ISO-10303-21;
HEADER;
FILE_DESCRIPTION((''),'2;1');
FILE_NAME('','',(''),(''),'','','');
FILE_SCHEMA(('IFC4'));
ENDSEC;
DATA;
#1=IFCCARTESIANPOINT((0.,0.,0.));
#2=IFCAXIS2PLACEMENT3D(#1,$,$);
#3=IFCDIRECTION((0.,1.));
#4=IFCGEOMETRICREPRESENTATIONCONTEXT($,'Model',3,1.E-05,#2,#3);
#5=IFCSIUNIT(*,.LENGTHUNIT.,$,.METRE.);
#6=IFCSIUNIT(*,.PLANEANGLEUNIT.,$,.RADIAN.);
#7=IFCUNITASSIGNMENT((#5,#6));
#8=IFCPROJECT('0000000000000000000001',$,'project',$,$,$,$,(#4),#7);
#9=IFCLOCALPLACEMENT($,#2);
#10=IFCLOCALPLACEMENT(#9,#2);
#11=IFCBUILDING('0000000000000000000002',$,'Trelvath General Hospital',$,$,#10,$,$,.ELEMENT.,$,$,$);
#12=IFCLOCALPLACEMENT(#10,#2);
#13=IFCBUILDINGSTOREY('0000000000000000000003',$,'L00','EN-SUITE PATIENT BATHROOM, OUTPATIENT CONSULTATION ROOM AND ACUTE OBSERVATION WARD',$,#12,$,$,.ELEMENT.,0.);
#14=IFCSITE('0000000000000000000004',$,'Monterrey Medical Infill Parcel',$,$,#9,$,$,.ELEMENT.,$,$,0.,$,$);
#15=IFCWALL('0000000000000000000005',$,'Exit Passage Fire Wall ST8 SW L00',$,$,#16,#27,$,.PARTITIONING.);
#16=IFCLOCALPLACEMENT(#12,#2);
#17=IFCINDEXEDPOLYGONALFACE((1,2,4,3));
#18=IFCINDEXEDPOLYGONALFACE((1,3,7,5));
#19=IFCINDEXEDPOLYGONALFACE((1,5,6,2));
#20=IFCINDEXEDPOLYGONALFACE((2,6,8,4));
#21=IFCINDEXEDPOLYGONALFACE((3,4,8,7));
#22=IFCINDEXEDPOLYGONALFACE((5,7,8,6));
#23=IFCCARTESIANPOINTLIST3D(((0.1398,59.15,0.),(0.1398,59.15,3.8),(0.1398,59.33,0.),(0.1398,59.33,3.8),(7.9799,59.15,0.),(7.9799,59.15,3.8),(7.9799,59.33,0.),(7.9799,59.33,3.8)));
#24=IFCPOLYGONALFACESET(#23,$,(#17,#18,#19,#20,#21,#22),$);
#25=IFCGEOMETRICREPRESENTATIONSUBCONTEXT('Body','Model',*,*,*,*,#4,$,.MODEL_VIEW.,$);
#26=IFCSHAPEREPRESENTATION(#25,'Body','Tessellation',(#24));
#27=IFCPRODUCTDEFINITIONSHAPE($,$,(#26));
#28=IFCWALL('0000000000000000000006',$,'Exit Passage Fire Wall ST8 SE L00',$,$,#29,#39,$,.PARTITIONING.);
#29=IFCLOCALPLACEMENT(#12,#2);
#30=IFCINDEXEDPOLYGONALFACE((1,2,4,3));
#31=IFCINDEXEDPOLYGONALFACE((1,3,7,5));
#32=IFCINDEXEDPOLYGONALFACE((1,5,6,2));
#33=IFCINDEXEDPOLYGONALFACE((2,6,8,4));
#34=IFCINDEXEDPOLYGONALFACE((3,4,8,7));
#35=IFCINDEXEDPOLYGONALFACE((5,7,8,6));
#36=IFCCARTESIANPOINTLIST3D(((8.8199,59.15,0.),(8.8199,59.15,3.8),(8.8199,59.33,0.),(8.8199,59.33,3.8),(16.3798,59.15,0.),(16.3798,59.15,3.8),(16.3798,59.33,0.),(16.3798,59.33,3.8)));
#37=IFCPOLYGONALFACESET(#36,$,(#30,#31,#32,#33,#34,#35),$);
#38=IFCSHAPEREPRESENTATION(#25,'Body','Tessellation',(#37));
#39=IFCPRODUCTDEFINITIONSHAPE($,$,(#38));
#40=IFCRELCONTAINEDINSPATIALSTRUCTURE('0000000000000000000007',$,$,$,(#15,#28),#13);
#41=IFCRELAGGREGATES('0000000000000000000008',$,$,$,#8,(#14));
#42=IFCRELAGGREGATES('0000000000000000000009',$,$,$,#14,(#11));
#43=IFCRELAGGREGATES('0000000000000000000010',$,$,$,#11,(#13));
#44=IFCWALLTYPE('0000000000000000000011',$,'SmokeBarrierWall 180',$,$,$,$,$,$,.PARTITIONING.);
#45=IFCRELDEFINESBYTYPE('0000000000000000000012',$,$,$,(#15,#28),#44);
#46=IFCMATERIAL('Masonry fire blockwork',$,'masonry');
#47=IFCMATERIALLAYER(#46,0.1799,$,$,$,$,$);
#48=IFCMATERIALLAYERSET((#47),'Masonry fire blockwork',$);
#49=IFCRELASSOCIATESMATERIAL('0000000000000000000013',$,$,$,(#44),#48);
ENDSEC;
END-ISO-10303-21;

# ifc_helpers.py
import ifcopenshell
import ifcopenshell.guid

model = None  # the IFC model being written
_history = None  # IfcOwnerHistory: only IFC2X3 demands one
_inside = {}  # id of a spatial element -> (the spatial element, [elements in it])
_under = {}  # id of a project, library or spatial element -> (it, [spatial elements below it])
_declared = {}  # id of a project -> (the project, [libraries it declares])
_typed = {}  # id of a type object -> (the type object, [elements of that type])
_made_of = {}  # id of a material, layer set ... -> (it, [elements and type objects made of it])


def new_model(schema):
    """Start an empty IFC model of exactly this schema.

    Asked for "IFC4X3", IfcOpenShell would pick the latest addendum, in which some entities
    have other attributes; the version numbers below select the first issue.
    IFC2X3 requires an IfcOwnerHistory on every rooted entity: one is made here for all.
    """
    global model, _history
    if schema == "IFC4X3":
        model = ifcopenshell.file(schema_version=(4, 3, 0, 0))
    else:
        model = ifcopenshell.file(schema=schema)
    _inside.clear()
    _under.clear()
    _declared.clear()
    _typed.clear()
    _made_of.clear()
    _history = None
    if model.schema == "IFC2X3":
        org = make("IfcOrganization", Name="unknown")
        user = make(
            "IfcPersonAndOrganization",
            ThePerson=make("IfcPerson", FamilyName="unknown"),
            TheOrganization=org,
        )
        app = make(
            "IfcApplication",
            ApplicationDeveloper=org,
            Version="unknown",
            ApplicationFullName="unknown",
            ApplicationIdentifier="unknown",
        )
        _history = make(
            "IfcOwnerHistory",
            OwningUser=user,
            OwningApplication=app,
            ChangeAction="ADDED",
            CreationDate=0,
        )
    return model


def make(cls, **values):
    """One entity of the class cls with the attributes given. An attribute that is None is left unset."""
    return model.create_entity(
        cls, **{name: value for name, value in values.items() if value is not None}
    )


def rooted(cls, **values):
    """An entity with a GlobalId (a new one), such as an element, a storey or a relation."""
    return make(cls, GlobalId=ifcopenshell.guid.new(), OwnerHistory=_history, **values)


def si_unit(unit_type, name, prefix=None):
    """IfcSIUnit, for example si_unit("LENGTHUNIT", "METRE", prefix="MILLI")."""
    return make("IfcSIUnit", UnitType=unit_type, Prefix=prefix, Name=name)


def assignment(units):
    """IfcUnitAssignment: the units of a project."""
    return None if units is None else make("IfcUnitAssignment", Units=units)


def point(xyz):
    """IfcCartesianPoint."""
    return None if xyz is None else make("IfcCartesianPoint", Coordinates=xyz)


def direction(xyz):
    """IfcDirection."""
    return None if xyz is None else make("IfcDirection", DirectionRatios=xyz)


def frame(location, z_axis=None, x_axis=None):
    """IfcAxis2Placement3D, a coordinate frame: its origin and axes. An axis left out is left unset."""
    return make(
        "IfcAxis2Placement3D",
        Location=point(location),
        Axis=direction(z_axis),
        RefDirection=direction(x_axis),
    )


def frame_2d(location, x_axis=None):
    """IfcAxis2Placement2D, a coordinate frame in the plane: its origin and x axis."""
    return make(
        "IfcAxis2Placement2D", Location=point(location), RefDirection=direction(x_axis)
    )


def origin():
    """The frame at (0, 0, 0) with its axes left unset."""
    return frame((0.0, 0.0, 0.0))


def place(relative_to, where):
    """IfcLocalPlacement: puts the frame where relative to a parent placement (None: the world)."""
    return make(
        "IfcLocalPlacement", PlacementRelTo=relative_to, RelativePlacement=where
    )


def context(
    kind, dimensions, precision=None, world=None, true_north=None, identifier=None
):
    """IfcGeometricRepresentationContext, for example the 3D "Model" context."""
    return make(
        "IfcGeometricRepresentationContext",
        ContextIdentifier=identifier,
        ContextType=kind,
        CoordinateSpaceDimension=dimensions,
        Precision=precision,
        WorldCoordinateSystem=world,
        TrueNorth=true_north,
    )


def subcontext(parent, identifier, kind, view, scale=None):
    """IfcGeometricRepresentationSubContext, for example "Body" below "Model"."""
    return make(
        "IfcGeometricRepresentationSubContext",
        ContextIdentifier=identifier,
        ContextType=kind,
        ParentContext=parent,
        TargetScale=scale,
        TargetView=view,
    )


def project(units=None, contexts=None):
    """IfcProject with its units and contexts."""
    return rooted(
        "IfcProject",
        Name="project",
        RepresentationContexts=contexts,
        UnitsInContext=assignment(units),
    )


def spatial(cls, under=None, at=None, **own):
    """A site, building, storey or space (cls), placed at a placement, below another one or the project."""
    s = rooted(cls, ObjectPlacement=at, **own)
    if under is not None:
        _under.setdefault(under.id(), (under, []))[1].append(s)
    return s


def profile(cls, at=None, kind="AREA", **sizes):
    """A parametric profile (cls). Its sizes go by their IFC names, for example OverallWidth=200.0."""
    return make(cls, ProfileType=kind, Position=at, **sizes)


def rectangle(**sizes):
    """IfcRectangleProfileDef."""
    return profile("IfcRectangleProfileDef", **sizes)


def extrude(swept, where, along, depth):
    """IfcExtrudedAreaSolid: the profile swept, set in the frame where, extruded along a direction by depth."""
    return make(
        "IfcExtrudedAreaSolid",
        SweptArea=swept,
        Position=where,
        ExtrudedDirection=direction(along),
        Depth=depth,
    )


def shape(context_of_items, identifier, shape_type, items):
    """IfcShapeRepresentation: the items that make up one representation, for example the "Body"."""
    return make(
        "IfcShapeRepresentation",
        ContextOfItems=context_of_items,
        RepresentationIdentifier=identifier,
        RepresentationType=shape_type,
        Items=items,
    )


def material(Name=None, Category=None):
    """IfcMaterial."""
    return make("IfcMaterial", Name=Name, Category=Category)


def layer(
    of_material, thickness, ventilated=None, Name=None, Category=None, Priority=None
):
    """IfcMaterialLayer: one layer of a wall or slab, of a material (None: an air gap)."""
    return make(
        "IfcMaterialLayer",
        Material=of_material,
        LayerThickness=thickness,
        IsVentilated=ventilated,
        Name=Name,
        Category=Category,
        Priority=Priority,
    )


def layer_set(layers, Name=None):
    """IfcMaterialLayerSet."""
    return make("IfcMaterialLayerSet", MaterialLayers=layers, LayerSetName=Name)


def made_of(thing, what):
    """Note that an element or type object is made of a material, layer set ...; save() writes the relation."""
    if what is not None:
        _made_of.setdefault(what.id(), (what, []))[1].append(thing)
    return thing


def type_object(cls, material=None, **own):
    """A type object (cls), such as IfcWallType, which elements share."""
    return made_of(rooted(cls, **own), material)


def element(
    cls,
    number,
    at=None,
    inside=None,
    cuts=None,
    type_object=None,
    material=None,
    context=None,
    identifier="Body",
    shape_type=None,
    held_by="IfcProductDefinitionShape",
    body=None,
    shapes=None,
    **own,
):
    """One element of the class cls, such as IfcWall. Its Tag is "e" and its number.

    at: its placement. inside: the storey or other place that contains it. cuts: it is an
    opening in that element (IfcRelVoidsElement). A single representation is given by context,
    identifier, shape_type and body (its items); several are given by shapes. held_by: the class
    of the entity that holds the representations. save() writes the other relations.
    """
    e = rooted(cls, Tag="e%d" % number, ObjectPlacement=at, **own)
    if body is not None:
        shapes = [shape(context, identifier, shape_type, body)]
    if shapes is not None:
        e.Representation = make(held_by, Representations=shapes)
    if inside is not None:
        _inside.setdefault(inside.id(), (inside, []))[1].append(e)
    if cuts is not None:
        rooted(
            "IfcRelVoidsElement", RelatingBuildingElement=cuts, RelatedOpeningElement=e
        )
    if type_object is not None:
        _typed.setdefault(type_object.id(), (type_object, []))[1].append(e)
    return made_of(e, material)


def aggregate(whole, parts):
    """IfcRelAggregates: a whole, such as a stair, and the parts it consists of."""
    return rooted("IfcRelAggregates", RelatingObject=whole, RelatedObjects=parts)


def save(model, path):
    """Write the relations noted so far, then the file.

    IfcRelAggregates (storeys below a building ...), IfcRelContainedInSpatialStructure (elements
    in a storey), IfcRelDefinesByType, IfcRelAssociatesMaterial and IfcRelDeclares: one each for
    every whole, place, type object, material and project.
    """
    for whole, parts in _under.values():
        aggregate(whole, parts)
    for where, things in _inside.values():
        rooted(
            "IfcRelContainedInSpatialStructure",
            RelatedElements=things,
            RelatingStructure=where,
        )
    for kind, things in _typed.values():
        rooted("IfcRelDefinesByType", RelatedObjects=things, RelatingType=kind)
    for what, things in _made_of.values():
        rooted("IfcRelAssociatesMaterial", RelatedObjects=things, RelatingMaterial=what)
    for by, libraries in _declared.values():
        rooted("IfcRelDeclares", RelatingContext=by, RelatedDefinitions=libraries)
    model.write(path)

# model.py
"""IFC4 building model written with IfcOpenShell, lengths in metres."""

from ifc_helpers import new_model, si_unit, direction, frame, frame_2d, origin, place, context, subcontext, project, spatial, rectangle, extrude, material, layer, layer_set, type_object, element, save


model = new_model("IFC4")

# Units and contexts
model_context = context("Model", 3, precision=1e-05, world=origin(), true_north=direction((0.0, 1.0)))
body_context = subcontext(model_context, "Body", "Model", "MODEL_VIEW")
ifc_project = project(units=[si_unit("LENGTHUNIT", "METRE"), si_unit("PLANEANGLEUNIT", "RADIAN")], contexts=[model_context])

# Site, building, storey
site_placement = place(None, origin())
site = spatial("IfcSite", under=ifc_project, at=site_placement, Name="Monterrey Medical Infill Parcel", CompositionType="ELEMENT", RefElevation=0.0)
building_placement = place(site_placement, origin())
building = spatial("IfcBuilding", under=site, at=building_placement, Name="Trelvath General Hospital", CompositionType="ELEMENT")
storey_placement = place(building_placement, origin())
storey = spatial("IfcBuildingStorey", under=building, at=storey_placement, Name="L00", Description="EN-SUITE PATIENT BATHROOM, OUTPATIENT CONSULTATION ROOM AND ACUTE OBSERVATION WARD", CompositionType="ELEMENT", Elevation=0.0)

# Walls
ifc_material_1 = material(Name="Masonry fire blockwork", Category="masonry")
ifc_layer_1 = layer(ifc_material_1, 0.1799)
ifc_layer_set_1 = layer_set([ifc_layer_1], Name="Masonry fire blockwork")
wall_type_1 = type_object("IfcWallType", Name="SmokeBarrierWall 180", PredefinedType="PARTITIONING", material=ifc_layer_set_1)
wall_1_placement = place(storey_placement, frame((0.1399, 59.24, 0.0), z_axis=(0.0, 0.0, 1.0), x_axis=(1.0, 0.0, 0.0)))
element("IfcWall", 1, at=wall_1_placement, inside=storey, type_object=wall_type_1, Name="Exit Passage Fire Wall ST8 SW L00", PredefinedType="PARTITIONING", context=body_context, shape_type="SweptSolid", body=[
    extrude(rectangle(XDim=7.8401, YDim=0.1799, at=frame_2d((3.9199, 0.0))), origin(), (0.0, 0.0, 1.0), 3.8),
])
wall_2_placement = place(storey_placement, frame((8.8201, 59.24, 0.0), z_axis=(0.0, 0.0, 1.0), x_axis=(1.0, 0.0, 0.0)))
element("IfcWall", 2, at=wall_2_placement, inside=storey, type_object=wall_type_1, Name="Exit Passage Fire Wall ST8 SE L00", PredefinedType="PARTITIONING", context=body_context, shape_type="SweptSolid", body=[
    extrude(rectangle(XDim=7.5598, YDim=0.1799, at=frame_2d((3.7798, 0.0))), origin(), (0.0, 0.0, 1.0), 3.8),
])

save(model, "model.ifc")
